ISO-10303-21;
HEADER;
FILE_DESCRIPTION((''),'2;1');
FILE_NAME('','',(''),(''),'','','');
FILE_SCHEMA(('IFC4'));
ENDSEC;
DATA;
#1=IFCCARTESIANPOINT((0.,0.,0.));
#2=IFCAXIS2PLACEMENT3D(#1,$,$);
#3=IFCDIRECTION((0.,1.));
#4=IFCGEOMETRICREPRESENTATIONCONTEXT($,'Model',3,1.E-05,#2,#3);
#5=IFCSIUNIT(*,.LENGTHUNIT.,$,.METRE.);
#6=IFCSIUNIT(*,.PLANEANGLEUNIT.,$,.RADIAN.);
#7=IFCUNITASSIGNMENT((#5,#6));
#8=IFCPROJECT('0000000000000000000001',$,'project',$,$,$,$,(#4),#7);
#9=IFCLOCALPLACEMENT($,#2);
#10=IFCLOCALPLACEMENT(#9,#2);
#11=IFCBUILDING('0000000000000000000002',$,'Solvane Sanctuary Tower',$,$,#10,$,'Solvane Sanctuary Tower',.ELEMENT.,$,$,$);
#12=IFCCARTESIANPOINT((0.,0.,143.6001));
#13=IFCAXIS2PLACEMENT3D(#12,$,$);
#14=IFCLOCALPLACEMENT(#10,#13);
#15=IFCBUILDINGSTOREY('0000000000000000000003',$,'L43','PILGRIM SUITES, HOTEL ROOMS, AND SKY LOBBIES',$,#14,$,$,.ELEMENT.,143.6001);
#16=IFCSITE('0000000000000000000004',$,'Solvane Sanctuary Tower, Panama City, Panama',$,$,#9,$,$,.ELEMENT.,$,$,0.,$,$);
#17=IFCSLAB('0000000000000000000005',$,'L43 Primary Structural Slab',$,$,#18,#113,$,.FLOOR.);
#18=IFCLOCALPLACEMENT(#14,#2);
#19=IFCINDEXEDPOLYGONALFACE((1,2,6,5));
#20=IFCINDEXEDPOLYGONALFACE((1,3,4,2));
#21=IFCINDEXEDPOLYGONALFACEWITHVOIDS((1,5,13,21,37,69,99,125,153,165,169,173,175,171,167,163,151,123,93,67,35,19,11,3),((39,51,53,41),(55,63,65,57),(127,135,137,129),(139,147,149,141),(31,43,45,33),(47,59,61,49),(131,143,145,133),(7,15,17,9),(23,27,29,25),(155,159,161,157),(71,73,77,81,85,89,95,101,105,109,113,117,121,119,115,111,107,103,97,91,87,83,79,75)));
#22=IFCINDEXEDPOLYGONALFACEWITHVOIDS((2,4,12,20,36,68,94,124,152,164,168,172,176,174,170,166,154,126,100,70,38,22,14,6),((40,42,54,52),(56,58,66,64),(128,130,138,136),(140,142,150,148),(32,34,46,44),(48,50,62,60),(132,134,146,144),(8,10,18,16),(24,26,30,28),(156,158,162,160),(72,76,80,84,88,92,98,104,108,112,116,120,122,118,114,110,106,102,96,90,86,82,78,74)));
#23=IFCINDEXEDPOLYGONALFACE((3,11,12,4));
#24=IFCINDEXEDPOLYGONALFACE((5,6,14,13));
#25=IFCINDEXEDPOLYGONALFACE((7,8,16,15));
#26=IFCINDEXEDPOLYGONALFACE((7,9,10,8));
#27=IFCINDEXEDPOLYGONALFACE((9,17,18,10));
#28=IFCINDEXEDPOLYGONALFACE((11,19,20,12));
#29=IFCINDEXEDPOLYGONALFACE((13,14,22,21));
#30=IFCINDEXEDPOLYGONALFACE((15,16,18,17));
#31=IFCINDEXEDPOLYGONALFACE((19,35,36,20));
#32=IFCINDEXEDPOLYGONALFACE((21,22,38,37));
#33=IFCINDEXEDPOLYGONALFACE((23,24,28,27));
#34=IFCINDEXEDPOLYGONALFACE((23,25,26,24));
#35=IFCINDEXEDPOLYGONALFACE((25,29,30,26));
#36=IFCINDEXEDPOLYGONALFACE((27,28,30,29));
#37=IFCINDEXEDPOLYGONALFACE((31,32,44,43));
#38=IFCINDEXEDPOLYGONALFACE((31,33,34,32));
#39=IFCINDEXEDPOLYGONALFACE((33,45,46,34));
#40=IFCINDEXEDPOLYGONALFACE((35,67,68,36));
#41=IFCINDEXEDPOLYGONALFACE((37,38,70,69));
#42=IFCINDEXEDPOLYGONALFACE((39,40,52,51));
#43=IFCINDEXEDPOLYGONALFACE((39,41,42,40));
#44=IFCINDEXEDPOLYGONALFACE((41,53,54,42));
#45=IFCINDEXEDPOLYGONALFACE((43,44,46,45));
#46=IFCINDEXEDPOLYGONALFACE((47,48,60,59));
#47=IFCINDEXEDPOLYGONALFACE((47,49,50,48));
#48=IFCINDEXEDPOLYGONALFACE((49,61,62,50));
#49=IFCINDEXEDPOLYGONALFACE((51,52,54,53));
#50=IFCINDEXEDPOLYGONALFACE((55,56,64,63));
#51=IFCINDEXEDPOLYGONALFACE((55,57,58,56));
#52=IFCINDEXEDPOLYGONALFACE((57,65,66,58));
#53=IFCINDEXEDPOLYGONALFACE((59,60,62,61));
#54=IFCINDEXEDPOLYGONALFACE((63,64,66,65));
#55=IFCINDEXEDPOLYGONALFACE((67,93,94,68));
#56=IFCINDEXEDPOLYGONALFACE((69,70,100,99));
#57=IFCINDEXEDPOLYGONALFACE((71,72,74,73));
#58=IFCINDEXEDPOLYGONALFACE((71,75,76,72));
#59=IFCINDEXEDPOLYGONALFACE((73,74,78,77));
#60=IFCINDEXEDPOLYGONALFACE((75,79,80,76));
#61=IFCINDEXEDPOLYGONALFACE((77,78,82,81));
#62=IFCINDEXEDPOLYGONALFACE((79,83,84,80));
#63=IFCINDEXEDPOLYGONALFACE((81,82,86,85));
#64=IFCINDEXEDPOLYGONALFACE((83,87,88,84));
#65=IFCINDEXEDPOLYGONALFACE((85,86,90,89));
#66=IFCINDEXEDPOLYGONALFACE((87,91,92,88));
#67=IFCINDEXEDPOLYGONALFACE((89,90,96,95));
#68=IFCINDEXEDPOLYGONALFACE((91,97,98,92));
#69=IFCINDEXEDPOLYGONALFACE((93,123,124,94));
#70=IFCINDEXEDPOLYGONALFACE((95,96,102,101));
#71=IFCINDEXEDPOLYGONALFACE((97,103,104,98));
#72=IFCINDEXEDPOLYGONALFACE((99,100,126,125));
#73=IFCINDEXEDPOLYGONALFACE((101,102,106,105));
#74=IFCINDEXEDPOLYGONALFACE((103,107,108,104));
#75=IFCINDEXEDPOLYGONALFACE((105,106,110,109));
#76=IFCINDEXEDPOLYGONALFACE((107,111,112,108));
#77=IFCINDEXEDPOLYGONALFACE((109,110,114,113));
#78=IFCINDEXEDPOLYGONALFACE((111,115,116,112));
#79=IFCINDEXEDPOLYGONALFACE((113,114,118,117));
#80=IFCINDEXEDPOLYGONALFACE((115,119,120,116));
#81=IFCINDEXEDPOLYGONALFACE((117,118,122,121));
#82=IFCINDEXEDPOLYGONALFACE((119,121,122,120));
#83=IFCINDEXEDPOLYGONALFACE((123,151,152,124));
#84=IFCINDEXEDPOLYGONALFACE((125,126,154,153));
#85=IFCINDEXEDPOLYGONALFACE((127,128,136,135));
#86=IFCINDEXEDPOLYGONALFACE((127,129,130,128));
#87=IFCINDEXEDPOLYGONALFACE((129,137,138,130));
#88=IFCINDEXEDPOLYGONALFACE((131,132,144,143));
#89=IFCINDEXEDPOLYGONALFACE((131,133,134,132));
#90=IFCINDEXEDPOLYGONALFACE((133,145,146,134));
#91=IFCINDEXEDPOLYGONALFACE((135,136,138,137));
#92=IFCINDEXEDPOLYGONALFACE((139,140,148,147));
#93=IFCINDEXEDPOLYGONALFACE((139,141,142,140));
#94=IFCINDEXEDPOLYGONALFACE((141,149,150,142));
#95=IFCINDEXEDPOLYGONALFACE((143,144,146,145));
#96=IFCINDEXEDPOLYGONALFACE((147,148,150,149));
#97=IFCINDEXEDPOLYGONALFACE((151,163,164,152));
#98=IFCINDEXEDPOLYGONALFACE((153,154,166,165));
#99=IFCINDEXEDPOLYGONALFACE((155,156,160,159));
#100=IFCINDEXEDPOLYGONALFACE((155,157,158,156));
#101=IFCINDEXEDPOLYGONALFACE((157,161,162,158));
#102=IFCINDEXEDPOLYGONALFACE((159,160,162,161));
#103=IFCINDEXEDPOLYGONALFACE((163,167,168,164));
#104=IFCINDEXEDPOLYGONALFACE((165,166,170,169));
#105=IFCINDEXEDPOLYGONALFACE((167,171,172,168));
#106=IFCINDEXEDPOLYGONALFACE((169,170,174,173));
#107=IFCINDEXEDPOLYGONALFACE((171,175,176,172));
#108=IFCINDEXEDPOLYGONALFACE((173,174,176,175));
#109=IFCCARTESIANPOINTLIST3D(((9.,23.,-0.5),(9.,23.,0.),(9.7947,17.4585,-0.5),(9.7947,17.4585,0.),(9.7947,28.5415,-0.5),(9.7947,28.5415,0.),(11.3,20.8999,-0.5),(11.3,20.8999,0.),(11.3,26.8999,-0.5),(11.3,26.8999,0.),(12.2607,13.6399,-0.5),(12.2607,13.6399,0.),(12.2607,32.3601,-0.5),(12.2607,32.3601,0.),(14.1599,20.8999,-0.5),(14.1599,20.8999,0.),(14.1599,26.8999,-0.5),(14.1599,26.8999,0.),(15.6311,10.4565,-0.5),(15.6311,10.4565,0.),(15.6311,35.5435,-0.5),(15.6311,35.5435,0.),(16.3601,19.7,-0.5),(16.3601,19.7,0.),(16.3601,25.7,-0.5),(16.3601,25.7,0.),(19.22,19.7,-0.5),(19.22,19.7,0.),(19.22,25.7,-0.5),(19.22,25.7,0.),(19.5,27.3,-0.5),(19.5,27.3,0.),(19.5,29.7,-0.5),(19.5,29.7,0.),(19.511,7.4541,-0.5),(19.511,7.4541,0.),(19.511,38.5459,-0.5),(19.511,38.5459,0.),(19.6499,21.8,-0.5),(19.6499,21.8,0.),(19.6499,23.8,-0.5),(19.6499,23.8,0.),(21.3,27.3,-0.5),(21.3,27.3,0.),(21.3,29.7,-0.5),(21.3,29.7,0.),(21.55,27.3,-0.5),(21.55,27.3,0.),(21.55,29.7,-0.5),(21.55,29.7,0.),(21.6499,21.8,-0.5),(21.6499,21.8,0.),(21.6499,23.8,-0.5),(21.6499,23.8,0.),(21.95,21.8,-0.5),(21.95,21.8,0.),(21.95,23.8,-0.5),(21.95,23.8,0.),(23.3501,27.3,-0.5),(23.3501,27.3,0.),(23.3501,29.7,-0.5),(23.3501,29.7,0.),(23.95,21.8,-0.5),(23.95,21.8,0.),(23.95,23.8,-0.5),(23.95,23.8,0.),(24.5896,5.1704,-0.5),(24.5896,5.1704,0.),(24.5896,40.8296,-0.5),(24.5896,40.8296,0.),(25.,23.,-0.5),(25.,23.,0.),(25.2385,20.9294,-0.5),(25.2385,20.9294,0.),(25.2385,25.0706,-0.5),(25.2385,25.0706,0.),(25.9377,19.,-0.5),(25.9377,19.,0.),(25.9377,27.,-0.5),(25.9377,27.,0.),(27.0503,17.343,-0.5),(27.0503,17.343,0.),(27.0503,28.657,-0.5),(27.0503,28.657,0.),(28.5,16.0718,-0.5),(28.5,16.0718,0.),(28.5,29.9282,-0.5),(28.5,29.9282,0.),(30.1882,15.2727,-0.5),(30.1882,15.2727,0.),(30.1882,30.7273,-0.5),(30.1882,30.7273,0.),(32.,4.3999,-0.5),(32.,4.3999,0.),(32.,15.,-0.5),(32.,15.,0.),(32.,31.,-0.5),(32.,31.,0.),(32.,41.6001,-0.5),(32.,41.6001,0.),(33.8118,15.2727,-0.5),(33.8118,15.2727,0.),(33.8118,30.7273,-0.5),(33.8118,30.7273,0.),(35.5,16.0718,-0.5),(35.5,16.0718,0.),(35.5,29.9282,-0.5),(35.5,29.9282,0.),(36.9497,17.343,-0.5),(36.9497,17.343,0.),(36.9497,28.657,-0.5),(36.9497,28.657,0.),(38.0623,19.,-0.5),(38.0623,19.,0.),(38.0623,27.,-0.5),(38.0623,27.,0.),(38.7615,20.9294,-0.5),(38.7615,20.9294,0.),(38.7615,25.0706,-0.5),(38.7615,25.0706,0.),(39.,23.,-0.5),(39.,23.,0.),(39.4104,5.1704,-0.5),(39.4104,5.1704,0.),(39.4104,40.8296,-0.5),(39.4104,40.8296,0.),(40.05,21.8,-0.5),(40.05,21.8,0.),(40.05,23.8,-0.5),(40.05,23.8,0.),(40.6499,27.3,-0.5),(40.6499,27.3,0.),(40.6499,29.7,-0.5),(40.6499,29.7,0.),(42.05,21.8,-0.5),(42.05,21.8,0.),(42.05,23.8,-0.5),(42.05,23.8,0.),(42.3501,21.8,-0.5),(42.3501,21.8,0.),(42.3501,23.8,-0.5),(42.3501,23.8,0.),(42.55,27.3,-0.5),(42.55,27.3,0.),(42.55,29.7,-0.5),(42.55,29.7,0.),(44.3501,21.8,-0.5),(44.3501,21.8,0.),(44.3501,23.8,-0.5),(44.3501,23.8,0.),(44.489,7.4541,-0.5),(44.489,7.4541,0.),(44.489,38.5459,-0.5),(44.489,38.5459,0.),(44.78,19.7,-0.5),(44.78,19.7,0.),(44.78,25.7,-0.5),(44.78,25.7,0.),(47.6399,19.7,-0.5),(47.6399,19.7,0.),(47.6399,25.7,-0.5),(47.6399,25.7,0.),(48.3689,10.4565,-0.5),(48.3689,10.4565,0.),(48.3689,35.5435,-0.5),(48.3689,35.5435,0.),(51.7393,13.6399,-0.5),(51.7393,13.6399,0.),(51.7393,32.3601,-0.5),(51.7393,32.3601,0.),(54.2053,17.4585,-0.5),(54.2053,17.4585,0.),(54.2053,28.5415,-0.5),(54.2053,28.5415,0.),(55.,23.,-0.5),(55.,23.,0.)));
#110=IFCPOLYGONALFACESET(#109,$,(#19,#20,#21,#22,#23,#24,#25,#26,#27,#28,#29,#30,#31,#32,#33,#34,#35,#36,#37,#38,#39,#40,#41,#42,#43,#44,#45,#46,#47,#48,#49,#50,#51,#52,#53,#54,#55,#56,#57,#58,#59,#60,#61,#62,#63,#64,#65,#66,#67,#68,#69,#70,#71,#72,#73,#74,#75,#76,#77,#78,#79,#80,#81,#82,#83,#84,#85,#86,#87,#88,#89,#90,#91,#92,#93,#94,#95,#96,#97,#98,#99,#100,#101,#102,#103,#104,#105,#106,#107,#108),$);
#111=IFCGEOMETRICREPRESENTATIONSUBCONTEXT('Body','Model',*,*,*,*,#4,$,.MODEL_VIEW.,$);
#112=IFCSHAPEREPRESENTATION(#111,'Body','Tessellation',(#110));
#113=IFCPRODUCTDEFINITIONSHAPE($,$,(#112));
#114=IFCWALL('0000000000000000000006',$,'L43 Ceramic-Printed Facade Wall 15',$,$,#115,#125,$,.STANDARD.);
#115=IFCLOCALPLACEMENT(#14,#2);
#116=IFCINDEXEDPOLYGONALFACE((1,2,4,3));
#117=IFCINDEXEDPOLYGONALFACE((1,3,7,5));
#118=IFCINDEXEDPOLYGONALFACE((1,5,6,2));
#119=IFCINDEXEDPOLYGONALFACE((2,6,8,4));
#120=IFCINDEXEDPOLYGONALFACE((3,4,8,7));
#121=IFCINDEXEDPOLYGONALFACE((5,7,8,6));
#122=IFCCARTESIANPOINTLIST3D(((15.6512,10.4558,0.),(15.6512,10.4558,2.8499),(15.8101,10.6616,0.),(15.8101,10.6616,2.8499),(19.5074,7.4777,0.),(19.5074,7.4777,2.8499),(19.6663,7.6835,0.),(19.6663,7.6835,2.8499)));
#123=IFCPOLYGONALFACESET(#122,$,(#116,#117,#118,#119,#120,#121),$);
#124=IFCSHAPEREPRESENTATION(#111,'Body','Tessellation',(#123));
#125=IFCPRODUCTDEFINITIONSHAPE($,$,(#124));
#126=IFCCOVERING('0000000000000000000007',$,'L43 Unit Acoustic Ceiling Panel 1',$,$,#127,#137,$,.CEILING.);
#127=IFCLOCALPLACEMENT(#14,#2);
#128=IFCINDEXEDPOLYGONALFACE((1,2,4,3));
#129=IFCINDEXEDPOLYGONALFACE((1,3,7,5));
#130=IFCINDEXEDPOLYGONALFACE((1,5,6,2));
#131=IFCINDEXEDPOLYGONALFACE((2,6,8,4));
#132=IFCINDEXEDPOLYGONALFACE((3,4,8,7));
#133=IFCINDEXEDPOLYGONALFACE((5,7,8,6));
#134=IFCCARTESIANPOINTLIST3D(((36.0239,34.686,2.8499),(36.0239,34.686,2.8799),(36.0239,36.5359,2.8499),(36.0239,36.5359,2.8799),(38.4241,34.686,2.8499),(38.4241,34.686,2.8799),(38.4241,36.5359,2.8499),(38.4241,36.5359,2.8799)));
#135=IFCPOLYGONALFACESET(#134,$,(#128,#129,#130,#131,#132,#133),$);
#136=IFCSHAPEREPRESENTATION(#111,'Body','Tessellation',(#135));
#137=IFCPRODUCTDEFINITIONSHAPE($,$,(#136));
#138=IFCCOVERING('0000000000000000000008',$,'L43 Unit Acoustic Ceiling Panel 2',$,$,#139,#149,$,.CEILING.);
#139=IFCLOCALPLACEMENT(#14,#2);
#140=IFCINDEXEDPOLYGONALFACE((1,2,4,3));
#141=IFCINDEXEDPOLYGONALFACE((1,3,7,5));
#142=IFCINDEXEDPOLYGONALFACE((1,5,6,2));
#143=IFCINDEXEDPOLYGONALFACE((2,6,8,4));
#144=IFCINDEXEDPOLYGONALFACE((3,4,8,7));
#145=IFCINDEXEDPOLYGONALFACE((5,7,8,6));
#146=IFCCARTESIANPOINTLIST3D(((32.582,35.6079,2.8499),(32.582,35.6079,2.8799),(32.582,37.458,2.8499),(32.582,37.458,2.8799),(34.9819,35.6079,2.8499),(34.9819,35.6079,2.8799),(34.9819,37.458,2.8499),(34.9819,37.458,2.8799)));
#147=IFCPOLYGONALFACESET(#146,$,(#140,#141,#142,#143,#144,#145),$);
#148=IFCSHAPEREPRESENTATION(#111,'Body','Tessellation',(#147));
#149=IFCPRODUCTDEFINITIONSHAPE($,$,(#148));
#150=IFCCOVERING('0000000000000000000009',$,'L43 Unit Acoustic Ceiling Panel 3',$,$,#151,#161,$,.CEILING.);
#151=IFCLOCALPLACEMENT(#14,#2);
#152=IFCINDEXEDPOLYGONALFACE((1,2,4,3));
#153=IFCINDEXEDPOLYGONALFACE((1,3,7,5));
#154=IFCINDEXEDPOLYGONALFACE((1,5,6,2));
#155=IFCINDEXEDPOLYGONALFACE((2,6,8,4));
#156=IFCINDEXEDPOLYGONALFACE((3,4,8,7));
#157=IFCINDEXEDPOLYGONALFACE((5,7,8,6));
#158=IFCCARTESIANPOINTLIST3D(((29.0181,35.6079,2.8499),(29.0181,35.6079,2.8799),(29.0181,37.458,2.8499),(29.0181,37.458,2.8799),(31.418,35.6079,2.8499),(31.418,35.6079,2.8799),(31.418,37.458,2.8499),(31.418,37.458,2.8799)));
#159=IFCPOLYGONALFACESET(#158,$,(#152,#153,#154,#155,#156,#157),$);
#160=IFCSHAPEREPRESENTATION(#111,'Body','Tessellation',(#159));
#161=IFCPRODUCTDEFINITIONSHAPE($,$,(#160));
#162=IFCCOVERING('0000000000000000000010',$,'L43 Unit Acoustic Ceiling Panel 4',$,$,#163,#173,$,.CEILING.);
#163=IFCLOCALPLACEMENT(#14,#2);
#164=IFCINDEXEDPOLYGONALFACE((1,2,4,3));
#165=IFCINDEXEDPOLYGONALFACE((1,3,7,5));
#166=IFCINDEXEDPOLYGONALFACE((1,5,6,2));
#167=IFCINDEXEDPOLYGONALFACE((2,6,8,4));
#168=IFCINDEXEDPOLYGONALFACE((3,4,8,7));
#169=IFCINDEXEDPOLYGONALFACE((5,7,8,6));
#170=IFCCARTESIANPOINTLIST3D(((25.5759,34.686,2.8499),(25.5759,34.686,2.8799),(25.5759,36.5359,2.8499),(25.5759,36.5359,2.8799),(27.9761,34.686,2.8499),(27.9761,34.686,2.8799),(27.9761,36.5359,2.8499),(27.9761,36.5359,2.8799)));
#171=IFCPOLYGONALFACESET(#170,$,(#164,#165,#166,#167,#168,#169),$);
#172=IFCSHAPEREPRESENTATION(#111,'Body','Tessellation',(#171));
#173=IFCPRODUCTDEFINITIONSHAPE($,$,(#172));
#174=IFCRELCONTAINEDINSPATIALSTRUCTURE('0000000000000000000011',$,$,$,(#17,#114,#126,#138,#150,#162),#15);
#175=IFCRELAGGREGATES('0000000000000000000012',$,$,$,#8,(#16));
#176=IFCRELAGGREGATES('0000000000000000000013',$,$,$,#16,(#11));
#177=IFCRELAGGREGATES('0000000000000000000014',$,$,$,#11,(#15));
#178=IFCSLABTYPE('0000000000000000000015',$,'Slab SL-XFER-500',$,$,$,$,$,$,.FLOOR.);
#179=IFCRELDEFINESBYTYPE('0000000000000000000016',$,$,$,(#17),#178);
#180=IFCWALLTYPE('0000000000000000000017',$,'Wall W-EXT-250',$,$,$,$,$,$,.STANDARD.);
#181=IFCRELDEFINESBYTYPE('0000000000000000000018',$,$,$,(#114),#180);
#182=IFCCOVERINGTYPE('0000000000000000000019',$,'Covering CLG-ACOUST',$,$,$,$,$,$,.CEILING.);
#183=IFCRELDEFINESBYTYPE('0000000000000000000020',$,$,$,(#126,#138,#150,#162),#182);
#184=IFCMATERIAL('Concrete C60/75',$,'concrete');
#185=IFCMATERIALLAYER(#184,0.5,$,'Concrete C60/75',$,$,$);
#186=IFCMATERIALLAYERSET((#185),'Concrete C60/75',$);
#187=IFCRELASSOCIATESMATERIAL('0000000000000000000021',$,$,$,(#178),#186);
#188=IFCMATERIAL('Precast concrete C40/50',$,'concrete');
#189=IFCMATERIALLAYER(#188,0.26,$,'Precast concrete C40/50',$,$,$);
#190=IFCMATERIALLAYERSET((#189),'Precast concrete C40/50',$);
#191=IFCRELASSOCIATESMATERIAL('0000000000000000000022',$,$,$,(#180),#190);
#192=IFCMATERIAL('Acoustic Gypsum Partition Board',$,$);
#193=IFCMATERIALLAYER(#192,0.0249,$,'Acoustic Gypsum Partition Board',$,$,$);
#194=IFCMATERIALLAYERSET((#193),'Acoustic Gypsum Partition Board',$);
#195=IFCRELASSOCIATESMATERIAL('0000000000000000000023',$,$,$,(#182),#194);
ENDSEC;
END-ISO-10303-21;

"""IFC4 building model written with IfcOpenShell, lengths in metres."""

from ifc_helpers import new_model, si_unit, direction, frame, frame_2d, origin, place, context, subcontext, project, spatial, polyline, rectangle, outline, extrude, material, layer, layer_set, type_object, element, save


model = new_model("IFC4")

# Units and contexts
model_context = context("Model", 3, precision=1e-05, world=origin(), true_north=direction((0.0, 1.0)))
body_context = subcontext(model_context, "Body", "Model", "MODEL_VIEW")
ifc_project = project(units=[si_unit("LENGTHUNIT", "METRE"), si_unit("PLANEANGLEUNIT", "RADIAN")], contexts=[model_context])

# Site, building, storey
site_placement = place(None, origin())
site = spatial("IfcSite", under=ifc_project, at=site_placement, Name="Solvane Sanctuary Tower, Panama City, Panama", CompositionType="ELEMENT", RefElevation=0.0)
building_placement = place(site_placement, origin())
building = spatial("IfcBuilding", under=site, at=building_placement, Name="Solvane Sanctuary Tower", LongName="Solvane Sanctuary Tower", CompositionType="ELEMENT")
storey_placement = place(building_placement, frame((0.0, 0.0, 143.6001)))
storey = spatial("IfcBuildingStorey", under=building, at=storey_placement, Name="L43", Description="PILGRIM SUITES, HOTEL ROOMS, AND SKY LOBBIES", CompositionType="ELEMENT", Elevation=143.6001)

# Shared definitions
ifc_material_1 = material(Name="Concrete C60/75", Category="concrete")

# Slab
ifc_layer_1 = layer(ifc_material_1, 0.5, Name="Concrete C60/75")
ifc_layer_set_1 = layer_set([ifc_layer_1], Name="Concrete C60/75")
slab_type_1 = type_object("IfcSlabType", Name="Slab SL-XFER-500", PredefinedType="FLOOR", material=ifc_layer_set_1)
slab_1_placement = place(storey_placement, frame((0.0, 0.0, -0.5)))
element("IfcSlab", 1, at=slab_1_placement, inside=storey, type_object=slab_type_1, Name="L43 Primary Structural Slab", PredefinedType="FLOOR", context=body_context, shape_type="SweptSolid", body=[
    extrude(outline(polyline([(55.0, 23.0), (54.2053, 28.5415), (51.7393, 32.3601), (48.3689, 35.5435), (44.489, 38.5459), (39.4104, 40.8296), (32.0, 41.6001), (24.5896, 40.8296), (19.511, 38.5459), (15.6311, 35.5435), (12.2607, 32.3601), (9.7947, 28.5415), (9.0, 23.0), (9.7947, 17.4585), (12.2607, 13.6399), (15.6311, 10.4565), (19.511, 7.4541), (24.5896, 5.1704), (32.0, 4.3999), (39.4104, 5.1704), (44.489, 7.4541), (48.3689, 10.4565), (51.7393, 13.6399), (54.2053, 17.4585), (55.0, 23.0)]), holes=[polyline([(38.7615, 20.9294), (38.0623, 19.0), (36.9497, 17.343), (35.5, 16.0718), (33.8118, 15.2727), (32.0, 15.0), (30.1882, 15.2727), (28.5, 16.0718), (27.0503, 17.343), (25.9377, 19.0), (25.2385, 20.9294), (25.0, 23.0), (25.2385, 25.0706), (25.9377, 27.0), (27.0503, 28.657), (28.5, 29.9282), (30.1882, 30.7273), (32.0, 31.0), (33.8118, 30.7273), (35.5, 29.9282), (36.9497, 28.657), (38.0623, 27.0), (38.7615, 25.0706), (39.0, 23.0), (38.7615, 20.9294)]), polyline([(16.3601, 19.7), (16.3601, 25.7), (19.22, 25.7), (19.22, 19.7), (16.3601, 19.7)]), polyline([(44.78, 19.7), (44.78, 25.7), (47.6399, 25.7), (47.6399, 19.7), (44.78, 19.7)]), polyline([(11.3, 20.8999), (11.3, 26.8999), (14.1599, 26.8999), (14.1599, 20.8999), (11.3, 20.8999)]), polyline([(19.6499, 23.8), (21.6499, 23.8), (21.6499, 21.8), (19.6499, 21.8), (19.6499, 23.8)]), polyline([(42.3501, 23.8), (44.3501, 23.8), (44.3501, 21.8), (42.3501, 21.8), (42.3501, 23.8)]), polyline([(21.95, 23.8), (23.95, 23.8), (23.95, 21.8), (21.95, 21.8), (21.95, 23.8)]), polyline([(40.05, 23.8), (42.05, 23.8), (42.05, 21.8), (40.05, 21.8), (40.05, 23.8)]), polyline([(19.5, 29.7), (21.3, 29.7), (21.3, 27.3), (19.5, 27.3), (19.5, 29.7)]), polyline([(21.55, 29.7), (23.3501, 29.7), (23.3501, 27.3), (21.55, 27.3), (21.55, 29.7)]), polyline([(40.6499, 29.7), (42.55, 29.7), (42.55, 27.3), (40.6499, 27.3), (40.6499, 29.7)])]), origin(), (0.0, 0.0, 1.0), 0.5),
])

# Wall
ifc_material_2 = material(Name="Precast concrete C40/50", Category="concrete")
ifc_layer_2 = layer(ifc_material_2, 0.26, Name="Precast concrete C40/50")
ifc_layer_set_2 = layer_set([ifc_layer_2], Name="Precast concrete C40/50")
wall_type = type_object("IfcWallType", Name="Wall W-EXT-250", PredefinedType="STANDARD", material=ifc_layer_set_2)
wall_placement = place(storey_placement, frame((15.7307, 10.5586, 0.0), z_axis=(0.0, 0.0, 1.0), x_axis=(0.79146, -0.611221, 0.0)))
element("IfcWall", 2, at=wall_placement, inside=storey, type_object=wall_type, Name="L43 Ceramic-Printed Facade Wall 15", PredefinedType="STANDARD", context=body_context, shape_type="SweptSolid", body=[
    extrude(rectangle(XDim=4.8723, YDim=0.26, at=frame_2d((2.436, 0.0))), origin(), (0.0, 0.0, 1.0), 2.8499),
])

# Coverings
ifc_material_3 = material(Name="Acoustic Gypsum Partition Board")
ifc_layer_3 = layer(ifc_material_3, 0.0249, Name="Acoustic Gypsum Partition Board")
ifc_layer_set_3 = layer_set([ifc_layer_3], Name="Acoustic Gypsum Partition Board")
covering_type_1 = type_object("IfcCoveringType", Name="Covering CLG-ACOUST", PredefinedType="CEILING", material=ifc_layer_set_3)
covering_1_placement = place(storey_placement, frame((0.0, 0.0, 2.8499)))
element("IfcCovering", 3, at=covering_1_placement, inside=storey, type_object=covering_type_1, Name="L43 Unit Acoustic Ceiling Panel 1", PredefinedType="CEILING", context=body_context, shape_type="SweptSolid", body=[
    extrude(outline(polyline([(36.0239, 34.686), (38.4241, 34.686), (38.4241, 36.5359), (36.0239, 36.5359), (36.0239, 34.686)])), origin(), (0.0, 0.0, 1.0), 0.03),
])
covering_2_placement = place(storey_placement, frame((0.0, 0.0, 2.8499)))
element("IfcCovering", 4, at=covering_2_placement, inside=storey, type_object=covering_type_1, Name="L43 Unit Acoustic Ceiling Panel 2", PredefinedType="CEILING", context=body_context, shape_type="SweptSolid", body=[
    extrude(outline(polyline([(32.582, 35.6079), (34.9819, 35.6079), (34.9819, 37.458), (32.582, 37.458), (32.582, 35.6079)])), origin(), (0.0, 0.0, 1.0), 0.03),
])
covering_3_placement = place(storey_placement, frame((0.0, 0.0, 2.8499)))
element("IfcCovering", 5, at=covering_3_placement, inside=storey, type_object=covering_type_1, Name="L43 Unit Acoustic Ceiling Panel 3", PredefinedType="CEILING", context=body_context, shape_type="SweptSolid", body=[
    extrude(outline(polyline([(29.0181, 35.6079), (31.418, 35.6079), (31.418, 37.458), (29.0181, 37.458), (29.0181, 35.6079)])), origin(), (0.0, 0.0, 1.0), 0.03),
])
covering_4_placement = place(storey_placement, frame((0.0, 0.0, 2.8499)))
element("IfcCovering", 6, at=covering_4_placement, inside=storey, type_object=covering_type_1, Name="L43 Unit Acoustic Ceiling Panel 4", PredefinedType="CEILING", context=body_context, shape_type="SweptSolid", body=[
    extrude(outline(polyline([(25.5759, 34.686), (27.9761, 34.686), (27.9761, 36.5359), (25.5759, 36.5359), (25.5759, 34.686)])), origin(), (0.0, 0.0, 1.0), 0.03),
])

save(model, "model.ifc")
